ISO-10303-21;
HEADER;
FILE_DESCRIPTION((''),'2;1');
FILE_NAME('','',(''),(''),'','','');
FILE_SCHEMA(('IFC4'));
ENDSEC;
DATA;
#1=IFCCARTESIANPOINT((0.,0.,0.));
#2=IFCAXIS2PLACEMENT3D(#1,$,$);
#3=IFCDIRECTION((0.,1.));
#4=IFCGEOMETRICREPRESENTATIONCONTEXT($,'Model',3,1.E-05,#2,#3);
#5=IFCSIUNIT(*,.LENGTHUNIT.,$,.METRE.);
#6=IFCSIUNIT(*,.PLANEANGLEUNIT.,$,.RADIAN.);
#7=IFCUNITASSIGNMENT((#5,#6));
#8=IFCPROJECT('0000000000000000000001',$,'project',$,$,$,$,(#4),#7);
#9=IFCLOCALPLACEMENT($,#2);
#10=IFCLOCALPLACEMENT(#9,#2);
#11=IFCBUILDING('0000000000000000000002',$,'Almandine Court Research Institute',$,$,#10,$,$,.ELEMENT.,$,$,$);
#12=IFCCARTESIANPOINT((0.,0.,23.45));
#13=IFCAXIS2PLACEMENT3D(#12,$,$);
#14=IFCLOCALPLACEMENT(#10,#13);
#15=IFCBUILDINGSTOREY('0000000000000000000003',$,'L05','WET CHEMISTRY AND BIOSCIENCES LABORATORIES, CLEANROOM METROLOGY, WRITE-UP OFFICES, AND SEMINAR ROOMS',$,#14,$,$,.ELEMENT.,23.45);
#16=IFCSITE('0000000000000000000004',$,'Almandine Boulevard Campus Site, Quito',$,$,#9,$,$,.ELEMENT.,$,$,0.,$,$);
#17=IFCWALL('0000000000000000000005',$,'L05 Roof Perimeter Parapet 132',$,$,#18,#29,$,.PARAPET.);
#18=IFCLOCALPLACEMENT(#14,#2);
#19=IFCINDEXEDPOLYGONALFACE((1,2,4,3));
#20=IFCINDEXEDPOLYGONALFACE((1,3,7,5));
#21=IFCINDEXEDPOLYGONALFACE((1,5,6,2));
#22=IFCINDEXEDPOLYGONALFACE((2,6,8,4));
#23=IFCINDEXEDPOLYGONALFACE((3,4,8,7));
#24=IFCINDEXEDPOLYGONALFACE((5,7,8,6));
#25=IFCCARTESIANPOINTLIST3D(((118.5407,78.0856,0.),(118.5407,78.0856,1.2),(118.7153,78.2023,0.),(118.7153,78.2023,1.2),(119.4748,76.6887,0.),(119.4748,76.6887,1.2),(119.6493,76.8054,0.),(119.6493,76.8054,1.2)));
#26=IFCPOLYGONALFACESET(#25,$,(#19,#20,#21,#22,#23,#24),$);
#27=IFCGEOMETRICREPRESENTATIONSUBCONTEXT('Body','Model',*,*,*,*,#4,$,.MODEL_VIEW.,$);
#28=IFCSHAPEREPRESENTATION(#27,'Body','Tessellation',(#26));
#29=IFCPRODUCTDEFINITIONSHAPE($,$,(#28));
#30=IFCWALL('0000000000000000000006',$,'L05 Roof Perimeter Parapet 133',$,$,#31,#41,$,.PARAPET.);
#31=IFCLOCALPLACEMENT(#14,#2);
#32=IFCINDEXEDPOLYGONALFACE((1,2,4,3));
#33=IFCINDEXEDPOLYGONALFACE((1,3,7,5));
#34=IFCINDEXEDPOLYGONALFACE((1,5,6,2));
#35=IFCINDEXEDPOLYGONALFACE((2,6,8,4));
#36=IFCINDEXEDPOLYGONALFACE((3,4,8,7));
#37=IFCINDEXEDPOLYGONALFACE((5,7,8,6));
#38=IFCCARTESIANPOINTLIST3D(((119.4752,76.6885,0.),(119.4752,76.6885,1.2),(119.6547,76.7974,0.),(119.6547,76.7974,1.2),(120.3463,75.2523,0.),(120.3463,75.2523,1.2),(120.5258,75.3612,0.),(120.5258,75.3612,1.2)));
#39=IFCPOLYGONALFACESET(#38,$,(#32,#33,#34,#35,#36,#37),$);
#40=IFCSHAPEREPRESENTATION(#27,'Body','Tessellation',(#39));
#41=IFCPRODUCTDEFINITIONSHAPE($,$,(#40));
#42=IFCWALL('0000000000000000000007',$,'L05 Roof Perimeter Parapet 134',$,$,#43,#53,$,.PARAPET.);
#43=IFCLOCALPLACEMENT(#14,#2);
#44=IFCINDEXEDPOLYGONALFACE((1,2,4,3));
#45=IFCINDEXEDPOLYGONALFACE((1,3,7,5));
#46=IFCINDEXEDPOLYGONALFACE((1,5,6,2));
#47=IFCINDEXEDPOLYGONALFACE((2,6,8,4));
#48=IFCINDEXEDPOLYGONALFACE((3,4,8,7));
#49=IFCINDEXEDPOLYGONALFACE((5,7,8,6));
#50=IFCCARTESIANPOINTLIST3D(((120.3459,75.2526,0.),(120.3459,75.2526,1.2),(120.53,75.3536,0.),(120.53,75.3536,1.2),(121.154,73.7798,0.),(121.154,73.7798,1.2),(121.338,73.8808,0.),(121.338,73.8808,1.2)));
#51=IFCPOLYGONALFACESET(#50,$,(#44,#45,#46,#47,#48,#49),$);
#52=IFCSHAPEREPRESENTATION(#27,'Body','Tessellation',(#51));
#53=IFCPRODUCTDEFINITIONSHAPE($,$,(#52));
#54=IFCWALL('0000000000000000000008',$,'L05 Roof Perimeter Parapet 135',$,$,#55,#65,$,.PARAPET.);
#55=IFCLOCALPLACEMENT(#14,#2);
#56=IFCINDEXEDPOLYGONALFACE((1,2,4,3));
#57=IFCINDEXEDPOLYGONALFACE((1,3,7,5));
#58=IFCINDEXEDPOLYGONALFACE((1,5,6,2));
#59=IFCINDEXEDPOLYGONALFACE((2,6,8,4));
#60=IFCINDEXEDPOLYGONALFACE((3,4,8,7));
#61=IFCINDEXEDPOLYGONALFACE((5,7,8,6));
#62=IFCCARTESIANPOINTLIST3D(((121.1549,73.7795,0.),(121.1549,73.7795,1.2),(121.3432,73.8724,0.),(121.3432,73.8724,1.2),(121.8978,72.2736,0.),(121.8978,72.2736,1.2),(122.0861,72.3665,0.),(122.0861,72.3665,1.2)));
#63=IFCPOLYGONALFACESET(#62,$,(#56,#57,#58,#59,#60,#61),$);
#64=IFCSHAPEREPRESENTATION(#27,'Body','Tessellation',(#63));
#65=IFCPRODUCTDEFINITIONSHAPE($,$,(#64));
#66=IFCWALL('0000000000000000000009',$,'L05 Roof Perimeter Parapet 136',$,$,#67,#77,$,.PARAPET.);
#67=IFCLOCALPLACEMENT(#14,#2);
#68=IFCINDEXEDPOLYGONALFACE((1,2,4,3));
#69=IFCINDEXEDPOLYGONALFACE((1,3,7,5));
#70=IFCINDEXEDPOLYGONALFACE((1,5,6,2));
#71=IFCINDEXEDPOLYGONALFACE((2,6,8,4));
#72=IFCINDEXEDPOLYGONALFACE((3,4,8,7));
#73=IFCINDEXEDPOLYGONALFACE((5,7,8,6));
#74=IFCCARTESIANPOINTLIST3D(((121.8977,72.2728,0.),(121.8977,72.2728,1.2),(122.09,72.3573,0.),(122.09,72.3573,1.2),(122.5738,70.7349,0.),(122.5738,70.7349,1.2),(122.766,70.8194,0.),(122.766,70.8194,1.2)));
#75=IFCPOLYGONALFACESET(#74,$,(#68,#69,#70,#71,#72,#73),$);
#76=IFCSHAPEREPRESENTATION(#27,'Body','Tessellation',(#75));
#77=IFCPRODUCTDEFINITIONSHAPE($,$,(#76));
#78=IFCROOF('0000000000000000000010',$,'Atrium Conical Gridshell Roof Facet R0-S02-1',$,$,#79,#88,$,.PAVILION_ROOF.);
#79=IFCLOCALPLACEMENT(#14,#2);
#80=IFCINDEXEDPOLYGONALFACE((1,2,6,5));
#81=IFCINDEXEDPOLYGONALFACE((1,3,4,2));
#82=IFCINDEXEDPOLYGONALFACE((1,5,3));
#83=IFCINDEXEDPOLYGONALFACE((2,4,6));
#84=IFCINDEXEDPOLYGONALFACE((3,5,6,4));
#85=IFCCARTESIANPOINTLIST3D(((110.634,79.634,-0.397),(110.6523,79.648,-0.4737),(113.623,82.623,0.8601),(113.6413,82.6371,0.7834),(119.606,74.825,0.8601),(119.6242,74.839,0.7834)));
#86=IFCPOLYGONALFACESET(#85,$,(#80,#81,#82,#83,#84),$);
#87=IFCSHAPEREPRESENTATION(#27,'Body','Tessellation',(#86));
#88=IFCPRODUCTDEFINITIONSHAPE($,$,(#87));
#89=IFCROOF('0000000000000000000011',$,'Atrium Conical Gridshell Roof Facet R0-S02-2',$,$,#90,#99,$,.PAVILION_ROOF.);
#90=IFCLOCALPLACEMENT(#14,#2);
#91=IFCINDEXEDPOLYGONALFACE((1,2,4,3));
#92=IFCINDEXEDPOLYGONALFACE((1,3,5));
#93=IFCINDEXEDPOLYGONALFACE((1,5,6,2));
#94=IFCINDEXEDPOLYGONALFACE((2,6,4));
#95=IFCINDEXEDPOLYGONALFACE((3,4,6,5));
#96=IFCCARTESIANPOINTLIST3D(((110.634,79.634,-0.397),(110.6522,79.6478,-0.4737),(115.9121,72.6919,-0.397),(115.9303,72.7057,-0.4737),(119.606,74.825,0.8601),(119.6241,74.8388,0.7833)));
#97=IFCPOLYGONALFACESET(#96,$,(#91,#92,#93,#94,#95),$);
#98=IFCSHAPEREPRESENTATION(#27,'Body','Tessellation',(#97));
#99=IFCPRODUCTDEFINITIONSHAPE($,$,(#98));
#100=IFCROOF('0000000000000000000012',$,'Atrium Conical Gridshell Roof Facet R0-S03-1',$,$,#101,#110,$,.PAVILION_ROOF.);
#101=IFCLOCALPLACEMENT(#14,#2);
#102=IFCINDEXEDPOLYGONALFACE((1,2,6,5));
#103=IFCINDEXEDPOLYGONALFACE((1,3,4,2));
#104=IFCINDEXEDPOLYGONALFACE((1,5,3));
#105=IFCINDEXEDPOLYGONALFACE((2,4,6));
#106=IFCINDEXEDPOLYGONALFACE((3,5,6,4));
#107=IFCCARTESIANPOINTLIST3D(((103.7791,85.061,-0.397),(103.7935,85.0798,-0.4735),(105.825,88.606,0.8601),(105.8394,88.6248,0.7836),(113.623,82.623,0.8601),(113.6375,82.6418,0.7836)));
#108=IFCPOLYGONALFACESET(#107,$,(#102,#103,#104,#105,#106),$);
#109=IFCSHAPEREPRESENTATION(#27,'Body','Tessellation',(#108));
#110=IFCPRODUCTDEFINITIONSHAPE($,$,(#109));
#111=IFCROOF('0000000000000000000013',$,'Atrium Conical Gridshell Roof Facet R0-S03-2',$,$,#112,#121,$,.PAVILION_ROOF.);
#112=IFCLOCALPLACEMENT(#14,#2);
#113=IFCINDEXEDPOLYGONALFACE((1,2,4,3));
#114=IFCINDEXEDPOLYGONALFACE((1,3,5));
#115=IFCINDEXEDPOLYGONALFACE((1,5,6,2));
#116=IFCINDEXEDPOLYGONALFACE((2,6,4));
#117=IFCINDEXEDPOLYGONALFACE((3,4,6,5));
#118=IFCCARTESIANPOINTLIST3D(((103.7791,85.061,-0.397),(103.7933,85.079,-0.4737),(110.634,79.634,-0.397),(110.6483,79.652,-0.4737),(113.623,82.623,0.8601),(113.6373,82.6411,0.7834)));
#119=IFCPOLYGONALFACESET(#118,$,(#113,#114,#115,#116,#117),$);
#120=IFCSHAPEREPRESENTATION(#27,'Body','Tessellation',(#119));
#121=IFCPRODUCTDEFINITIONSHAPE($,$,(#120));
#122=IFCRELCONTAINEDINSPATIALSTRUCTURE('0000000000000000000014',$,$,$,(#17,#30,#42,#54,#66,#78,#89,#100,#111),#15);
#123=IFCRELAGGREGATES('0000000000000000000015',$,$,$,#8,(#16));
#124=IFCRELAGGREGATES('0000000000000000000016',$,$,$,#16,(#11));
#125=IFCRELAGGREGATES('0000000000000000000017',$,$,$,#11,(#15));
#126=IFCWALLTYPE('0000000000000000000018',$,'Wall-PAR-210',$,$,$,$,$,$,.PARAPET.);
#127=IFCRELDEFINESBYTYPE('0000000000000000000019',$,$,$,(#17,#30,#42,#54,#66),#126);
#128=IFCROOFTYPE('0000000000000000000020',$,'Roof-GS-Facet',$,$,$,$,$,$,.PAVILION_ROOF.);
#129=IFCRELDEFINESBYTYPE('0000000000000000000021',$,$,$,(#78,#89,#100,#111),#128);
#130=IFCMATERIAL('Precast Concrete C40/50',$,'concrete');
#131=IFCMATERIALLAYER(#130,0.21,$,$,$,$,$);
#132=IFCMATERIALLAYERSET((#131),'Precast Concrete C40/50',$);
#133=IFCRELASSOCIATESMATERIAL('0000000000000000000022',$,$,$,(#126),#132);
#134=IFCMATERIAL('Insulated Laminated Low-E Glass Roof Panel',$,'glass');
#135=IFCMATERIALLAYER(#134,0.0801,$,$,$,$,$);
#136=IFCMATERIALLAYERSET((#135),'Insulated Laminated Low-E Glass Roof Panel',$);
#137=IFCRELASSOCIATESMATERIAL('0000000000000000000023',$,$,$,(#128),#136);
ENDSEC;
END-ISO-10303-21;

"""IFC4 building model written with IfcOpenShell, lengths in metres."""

from ifc_helpers import new_model, si_unit, direction, frame, frame_2d, origin, place, context, subcontext, project, spatial, polyline, rectangle, outline, extrude, material, layer, layer_set, type_object, element, save


model = new_model("IFC4")

# Units and contexts
model_context = context("Model", 3, precision=1e-05, world=origin(), true_north=direction((0.0, 1.0)))
body_context = subcontext(model_context, "Body", "Model", "MODEL_VIEW")
ifc_project = project(units=[si_unit("LENGTHUNIT", "METRE"), si_unit("PLANEANGLEUNIT", "RADIAN")], contexts=[model_context])

# Site, building, storey
site_placement = place(None, origin())
site = spatial("IfcSite", under=ifc_project, at=site_placement, Name="Almandine Boulevard Campus Site, Quito", CompositionType="ELEMENT", RefElevation=0.0)
building_placement = place(site_placement, origin())
building = spatial("IfcBuilding", under=site, at=building_placement, Name="Almandine Court Research Institute", CompositionType="ELEMENT")
storey_placement = place(building_placement, frame((0.0, 0.0, 23.45)))
storey = spatial("IfcBuildingStorey", under=building, at=storey_placement, Name="L05", Description="WET CHEMISTRY AND BIOSCIENCES LABORATORIES, CLEANROOM METROLOGY, WRITE-UP OFFICES, AND SEMINAR ROOMS", CompositionType="ELEMENT", Elevation=23.45)

# Walls
ifc_material_1 = material(Name="Precast Concrete C40/50", Category="concrete")
ifc_layer_1 = layer(ifc_material_1, 0.21)
ifc_layer_set_1 = layer_set([ifc_layer_1], Name="Precast Concrete C40/50")
wall_type = type_object("IfcWallType", Name="Wall-PAR-210", PredefinedType="PARAPET", material=ifc_layer_set_1)
wall_1_placement = place(storey_placement, frame((118.6279, 78.144, 0.0), z_axis=(0.0, 0.0, 1.0), x_axis=(0.55584, -0.83129, 0.0)))
element("IfcWall", 1, at=wall_1_placement, inside=storey, type_object=wall_type, Name="L05 Roof Perimeter Parapet 132", PredefinedType="PARAPET", context=body_context, shape_type="SweptSolid", body=[
    extrude(rectangle(XDim=1.6804, YDim=0.21, at=frame_2d((0.8403, 0.0))), origin(), (0.0, 0.0, 1.0), 1.2),
])
wall_2_placement = place(storey_placement, frame((119.5649, 76.7429, 0.0), z_axis=(0.0, 0.0, 1.0), x_axis=(0.518637, -0.854995, 0.0)))
element("IfcWall", 2, at=wall_2_placement, inside=storey, type_object=wall_type, Name="L05 Roof Perimeter Parapet 133", PredefinedType="PARAPET", context=body_context, shape_type="SweptSolid", body=[
    extrude(rectangle(XDim=1.6797, YDim=0.21, at=frame_2d((0.8398, 0.0))), origin(), (0.0, 0.0, 1.0), 1.2),
])
wall_3_placement = place(storey_placement, frame((120.438, 75.303, 0.0), z_axis=(0.0, 0.0, 1.0), x_axis=(0.481009, -0.876716, 0.0)))
element("IfcWall", 3, at=wall_3_placement, inside=storey, type_object=wall_type, Name="L05 Roof Perimeter Parapet 134", PredefinedType="PARAPET", context=body_context, shape_type="SweptSolid", body=[
    extrude(rectangle(XDim=1.6799, YDim=0.21, at=frame_2d((0.8398, 0.0))), origin(), (0.0, 0.0, 1.0), 1.2),
])
wall_4_placement = place(storey_placement, frame((121.249, 73.8259, 0.0), z_axis=(0.0, 0.0, 1.0), x_axis=(0.442438, -0.896799, 0.0)))
element("IfcWall", 4, at=wall_4_placement, inside=storey, type_object=wall_type, Name="L05 Roof Perimeter Parapet 135", PredefinedType="PARAPET", context=body_context, shape_type="SweptSolid", body=[
    extrude(rectangle(XDim=1.6792, YDim=0.21, at=frame_2d((0.8396, 0.0))), origin(), (0.0, 0.0, 1.0), 1.2),
])
wall_5_placement = place(storey_placement, frame((121.9939, 72.3149, 0.0), z_axis=(0.0, 0.0, 1.0), x_axis=(0.402427, -0.915452, 0.0)))
element("IfcWall", 5, at=wall_5_placement, inside=storey, type_object=wall_type, Name="L05 Roof Perimeter Parapet 136", PredefinedType="PARAPET", context=body_context, shape_type="SweptSolid", body=[
    extrude(rectangle(XDim=1.6799, YDim=0.21, at=frame_2d((0.8398, 0.0))), origin(), (0.0, 0.0, 1.0), 1.2),
])

# Roofs
ifc_material_2 = material(Name="Insulated Laminated Low-E Glass Roof Panel", Category="glass")
ifc_layer_2 = layer(ifc_material_2, 0.0801)
ifc_layer_set_2 = layer_set([ifc_layer_2], Name="Insulated Laminated Low-E Glass Roof Panel")
roof_type = type_object("IfcRoofType", Name="Roof-GS-Facet", PredefinedType="PAVILION_ROOF", material=ifc_layer_set_2)
roof_1_placement = place(storey_placement, frame((119.606, 74.825, 0.8601), z_axis=(-0.227948, -0.174888, 0.957838), x_axis=(-0.608712, 0.793392, 0.0)))
element("IfcRoof", 6, at=roof_1_placement, inside=storey, type_object=roof_type, Name="Atrium Conical Gridshell Roof Facet R0-S02-1", PredefinedType="PAVILION_ROOF", context=body_context, shape_type="SweptSolid", body=[
    extrude(outline(polyline([(0.0, 0.0), (9.8288, 0.0), (9.2768, 4.3754), (0.0, 0.0)])), origin(), (0.0, 0.0, -1.0), 0.0801),
])
roof_2_placement = place(storey_placement, frame((119.606, 74.825, 0.8601), z_axis=(-0.226697, -0.172356, 0.958594), x_axis=(-0.874725, 0.468865, -0.12256)))
element("IfcRoof", 7, at=roof_2_placement, inside=storey, type_object=roof_type, Name="Atrium Conical Gridshell Roof Facet R0-S02-2", PredefinedType="PAVILION_ROOF", context=body_context, shape_type="SweptSolid", body=[
    extrude(outline(polyline([(0.0, 0.0), (10.2568, 0.0), (2.3851, 3.7532), (0.0, 0.0)])), origin(), (0.0, 0.0, -1.0), 0.0801),
])
roof_3_placement = place(storey_placement, frame((113.623, 82.623, 0.8601), z_axis=(-0.180126, -0.234776, 0.955215), x_axis=(-0.793392, 0.608712, 0.0)))
element("IfcRoof", 8, at=roof_3_placement, inside=storey, type_object=roof_type, Name="Atrium Conical Gridshell Roof Facet R0-S03-1", PredefinedType="PAVILION_ROOF", context=body_context, shape_type="SweptSolid", body=[
    extrude(outline(polyline([(0.0, 0.0), (9.8288, 0.0), (9.2942, 4.2481), (0.0, 0.0)])), origin(), (0.0, 0.0, -1.0), 0.0801),
])
roof_4_placement = place(storey_placement, frame((113.623, 82.623, 0.8601), z_axis=(-0.178027, -0.224871, 0.957987), x_axis=(-0.963302, 0.238574, -0.123014)))
element("IfcRoof", 9, at=roof_4_placement, inside=storey, type_object=roof_type, Name="Atrium Conical Gridshell Roof Facet R0-S03-2", PredefinedType="PAVILION_ROOF", context=body_context, shape_type="SweptSolid", body=[
    extrude(outline(polyline([(0.0, 0.0), (10.219, 0.0), (2.3209, 3.75), (0.0, 0.0)])), origin(), (0.0, 0.0, -1.0), 0.0801),
])

save(model, "model.ifc")
